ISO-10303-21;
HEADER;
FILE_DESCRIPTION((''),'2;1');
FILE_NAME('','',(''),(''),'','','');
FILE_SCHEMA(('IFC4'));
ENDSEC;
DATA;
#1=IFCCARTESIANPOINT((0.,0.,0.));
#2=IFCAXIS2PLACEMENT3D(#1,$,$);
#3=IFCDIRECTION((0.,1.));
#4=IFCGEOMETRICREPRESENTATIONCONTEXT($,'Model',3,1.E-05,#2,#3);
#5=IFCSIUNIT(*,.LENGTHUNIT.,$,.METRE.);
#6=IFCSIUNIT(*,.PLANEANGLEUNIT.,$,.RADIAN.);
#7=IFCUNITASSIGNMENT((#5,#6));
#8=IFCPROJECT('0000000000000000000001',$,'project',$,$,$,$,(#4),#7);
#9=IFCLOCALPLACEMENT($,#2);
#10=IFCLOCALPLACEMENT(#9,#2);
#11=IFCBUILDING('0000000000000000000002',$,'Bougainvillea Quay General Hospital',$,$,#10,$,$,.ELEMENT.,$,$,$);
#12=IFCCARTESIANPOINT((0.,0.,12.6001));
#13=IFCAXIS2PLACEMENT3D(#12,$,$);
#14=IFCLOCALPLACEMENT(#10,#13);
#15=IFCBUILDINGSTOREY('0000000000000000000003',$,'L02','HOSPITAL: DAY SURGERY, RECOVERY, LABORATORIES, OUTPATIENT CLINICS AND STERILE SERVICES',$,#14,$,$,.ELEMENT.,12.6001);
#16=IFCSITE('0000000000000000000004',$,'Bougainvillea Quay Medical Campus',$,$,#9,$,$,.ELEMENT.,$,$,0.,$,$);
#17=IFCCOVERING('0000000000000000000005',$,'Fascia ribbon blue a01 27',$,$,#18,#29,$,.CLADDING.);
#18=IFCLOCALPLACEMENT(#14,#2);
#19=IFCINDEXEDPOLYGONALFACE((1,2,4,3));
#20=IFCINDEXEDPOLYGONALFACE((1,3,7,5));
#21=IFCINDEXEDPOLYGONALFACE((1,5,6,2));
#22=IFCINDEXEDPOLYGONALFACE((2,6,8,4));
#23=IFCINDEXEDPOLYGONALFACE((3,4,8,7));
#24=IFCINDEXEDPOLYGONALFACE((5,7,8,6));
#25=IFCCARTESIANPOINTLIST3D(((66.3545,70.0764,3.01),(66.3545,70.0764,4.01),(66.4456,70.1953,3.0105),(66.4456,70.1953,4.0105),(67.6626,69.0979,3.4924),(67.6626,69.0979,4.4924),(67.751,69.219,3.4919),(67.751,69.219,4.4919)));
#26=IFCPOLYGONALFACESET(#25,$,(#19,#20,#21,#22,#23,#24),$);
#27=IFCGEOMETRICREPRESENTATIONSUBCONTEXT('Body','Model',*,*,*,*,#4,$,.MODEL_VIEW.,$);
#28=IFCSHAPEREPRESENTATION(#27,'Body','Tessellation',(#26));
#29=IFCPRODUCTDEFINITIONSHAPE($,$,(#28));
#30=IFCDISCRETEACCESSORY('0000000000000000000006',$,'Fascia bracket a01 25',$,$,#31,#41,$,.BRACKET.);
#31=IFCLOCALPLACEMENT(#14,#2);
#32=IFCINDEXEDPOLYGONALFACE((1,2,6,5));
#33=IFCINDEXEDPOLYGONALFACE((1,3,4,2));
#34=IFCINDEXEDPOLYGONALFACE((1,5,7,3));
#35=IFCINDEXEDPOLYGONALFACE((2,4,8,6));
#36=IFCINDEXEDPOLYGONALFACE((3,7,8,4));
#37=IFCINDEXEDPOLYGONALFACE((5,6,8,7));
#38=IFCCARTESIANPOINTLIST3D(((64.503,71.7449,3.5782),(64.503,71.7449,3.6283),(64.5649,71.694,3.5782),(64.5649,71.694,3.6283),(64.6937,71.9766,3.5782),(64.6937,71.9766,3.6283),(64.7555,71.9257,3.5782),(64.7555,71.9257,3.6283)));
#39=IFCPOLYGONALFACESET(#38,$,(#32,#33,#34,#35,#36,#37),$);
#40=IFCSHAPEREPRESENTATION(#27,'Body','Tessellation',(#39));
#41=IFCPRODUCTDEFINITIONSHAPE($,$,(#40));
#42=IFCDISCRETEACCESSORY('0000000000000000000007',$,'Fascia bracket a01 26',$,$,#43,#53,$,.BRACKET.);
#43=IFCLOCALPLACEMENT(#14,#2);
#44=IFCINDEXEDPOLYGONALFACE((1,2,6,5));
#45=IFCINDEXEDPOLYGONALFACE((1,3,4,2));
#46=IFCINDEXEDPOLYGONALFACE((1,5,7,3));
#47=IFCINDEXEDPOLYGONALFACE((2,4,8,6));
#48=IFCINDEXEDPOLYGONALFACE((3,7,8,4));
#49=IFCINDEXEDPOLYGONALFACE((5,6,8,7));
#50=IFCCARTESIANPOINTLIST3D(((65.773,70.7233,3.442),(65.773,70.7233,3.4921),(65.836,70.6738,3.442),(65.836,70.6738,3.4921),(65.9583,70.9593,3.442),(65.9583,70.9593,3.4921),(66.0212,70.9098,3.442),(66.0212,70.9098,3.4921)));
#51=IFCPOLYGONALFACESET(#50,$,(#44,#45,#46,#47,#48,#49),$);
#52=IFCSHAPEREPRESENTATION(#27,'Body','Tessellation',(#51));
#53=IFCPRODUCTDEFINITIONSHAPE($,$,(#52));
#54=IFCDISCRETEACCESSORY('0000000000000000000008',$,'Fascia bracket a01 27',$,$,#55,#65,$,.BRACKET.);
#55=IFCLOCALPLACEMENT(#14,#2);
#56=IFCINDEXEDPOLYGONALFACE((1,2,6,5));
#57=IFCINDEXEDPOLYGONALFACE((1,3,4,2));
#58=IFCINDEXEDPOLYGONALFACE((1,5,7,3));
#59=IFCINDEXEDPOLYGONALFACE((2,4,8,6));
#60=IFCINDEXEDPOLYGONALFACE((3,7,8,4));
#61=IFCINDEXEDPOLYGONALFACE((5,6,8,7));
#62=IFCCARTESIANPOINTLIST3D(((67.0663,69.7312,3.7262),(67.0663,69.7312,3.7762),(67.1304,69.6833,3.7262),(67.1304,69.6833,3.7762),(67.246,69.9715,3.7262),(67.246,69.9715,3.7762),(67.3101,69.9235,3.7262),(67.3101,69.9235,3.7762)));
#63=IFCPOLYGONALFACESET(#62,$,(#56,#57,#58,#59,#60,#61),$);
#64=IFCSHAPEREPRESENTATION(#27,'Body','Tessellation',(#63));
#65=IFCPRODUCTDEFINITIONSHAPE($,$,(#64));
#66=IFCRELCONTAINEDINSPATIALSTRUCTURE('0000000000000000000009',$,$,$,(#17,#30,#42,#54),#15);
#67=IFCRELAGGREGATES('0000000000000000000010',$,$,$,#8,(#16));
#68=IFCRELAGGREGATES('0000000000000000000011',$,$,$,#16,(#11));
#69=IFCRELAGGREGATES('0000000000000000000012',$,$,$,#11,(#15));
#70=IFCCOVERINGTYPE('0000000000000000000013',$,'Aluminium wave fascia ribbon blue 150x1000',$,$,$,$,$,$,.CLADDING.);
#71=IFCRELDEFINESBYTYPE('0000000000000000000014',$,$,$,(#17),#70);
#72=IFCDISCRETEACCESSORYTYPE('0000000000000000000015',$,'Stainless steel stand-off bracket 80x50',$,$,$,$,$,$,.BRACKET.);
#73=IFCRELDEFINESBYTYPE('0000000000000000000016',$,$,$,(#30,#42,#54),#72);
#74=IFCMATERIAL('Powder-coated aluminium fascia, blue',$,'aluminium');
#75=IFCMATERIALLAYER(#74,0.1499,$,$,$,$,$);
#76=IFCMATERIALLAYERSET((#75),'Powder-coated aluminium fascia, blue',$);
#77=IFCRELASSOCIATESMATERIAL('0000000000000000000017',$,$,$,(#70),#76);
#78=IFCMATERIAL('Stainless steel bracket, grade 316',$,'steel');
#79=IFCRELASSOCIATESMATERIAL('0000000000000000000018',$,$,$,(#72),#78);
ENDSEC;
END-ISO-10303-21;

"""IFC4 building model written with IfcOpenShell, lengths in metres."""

from ifc_helpers import new_model, si_unit, direction, frame, origin, origin_2d, place, context, subcontext, project, spatial, polyline, rectangle, outline, extrude, material, layer, layer_set, material_profile, profile_set, type_object, element, save


model = new_model("IFC4")

# Units and contexts
model_context = context("Model", 3, precision=1e-05, world=origin(), true_north=direction((0.0, 1.0)))
body_context = subcontext(model_context, "Body", "Model", "MODEL_VIEW")
ifc_project = project(units=[si_unit("LENGTHUNIT", "METRE"), si_unit("PLANEANGLEUNIT", "RADIAN")], contexts=[model_context])

# Site, building, storey
site_placement = place(None, origin())
site = spatial("IfcSite", under=ifc_project, at=site_placement, Name="Bougainvillea Quay Medical Campus", CompositionType="ELEMENT", RefElevation=0.0)
building_placement = place(site_placement, origin())
building = spatial("IfcBuilding", under=site, at=building_placement, Name="Bougainvillea Quay General Hospital", CompositionType="ELEMENT")
storey_placement = place(building_placement, frame((0.0, 0.0, 12.6001)))
storey = spatial("IfcBuildingStorey", under=building, at=storey_placement, Name="L02", Description="HOSPITAL: DAY SURGERY, RECOVERY, LABORATORIES, OUTPATIENT CLINICS AND STERILE SERVICES", CompositionType="ELEMENT", Elevation=12.6001)

# Covering
ifc_material_1 = material(Name="Powder-coated aluminium fascia, blue", Category="aluminium")
ifc_layer_1 = layer(ifc_material_1, 0.1499)
ifc_layer_set_1 = layer_set([ifc_layer_1], Name="Powder-coated aluminium fascia, blue")
covering_type = type_object("IfcCoveringType", Name="Aluminium wave fascia ribbon blue 150x1000", PredefinedType="CLADDING", material=ifc_layer_set_1)
covering_1_placement = place(storey_placement, frame((66.4456, 70.1953, 3.0105), z_axis=(-0.226836, 0.169608, 0.959051), x_axis=(0.768016, -0.574396, 0.283234)))
element("IfcCovering", 1, at=covering_1_placement, inside=storey, type_object=covering_type, Name="Fascia ribbon blue a01 27", PredefinedType="CLADDING", context=body_context, shape_type="SweptSolid", body=[
    extrude(outline(polyline([(0.0, 0.0), (1.6997, 0.0), (1.7016, -0.1499), (-0.0018, -0.1498), (0.0, 0.0)])), origin(), (0.283234, 0.000032, 0.959051), 1.0),
])

# Discrete accessories
ifc_material_2 = material(Name="Stainless steel bracket, grade 316", Category="steel")
ifc_material_profile_1 = material_profile(ifc_material_2, rectangle(XDim=0.0801, YDim=0.05, at=origin_2d()))
ifc_profile_set_1 = profile_set([ifc_material_profile_1], Name="Stainless steel bracket, grade 316")
discrete_accessory_type = type_object("IfcDiscreteAccessoryType", Name="Stainless steel stand-off bracket 80x50", PredefinedType="BRACKET", material=ifc_profile_set_1)
for number, where, z_axis, x_axis, name in (
    (2, (64.7246, 71.9512, 3.6033), (-0.635451, -0.772142, 0.0), (0.772142, -0.635451, 0.0), "Fascia bracket a01 25"),
    (3, (65.9897, 70.9346, 3.467), (-0.617426, -0.786629, 0.0), (0.786629, -0.617426, 0.0), "Fascia bracket a01 26"),
    (4, (67.2781, 69.9475, 3.7512), (-0.598958, -0.800781, 0.0), (0.800781, -0.598958, 0.0), "Fascia bracket a01 27"),
):
    element("IfcDiscreteAccessory", number, at=place(storey_placement, frame(where, z_axis=z_axis, x_axis=x_axis)), inside=storey, type_object=discrete_accessory_type, Name=name, PredefinedType="BRACKET", context=body_context, shape_type="SweptSolid", body=[
        extrude(rectangle(XDim=0.0801, YDim=0.05, at=origin_2d()), origin(), (0.0, 0.0, 1.0), 0.3),
    ])

save(model, "model.ifc")
